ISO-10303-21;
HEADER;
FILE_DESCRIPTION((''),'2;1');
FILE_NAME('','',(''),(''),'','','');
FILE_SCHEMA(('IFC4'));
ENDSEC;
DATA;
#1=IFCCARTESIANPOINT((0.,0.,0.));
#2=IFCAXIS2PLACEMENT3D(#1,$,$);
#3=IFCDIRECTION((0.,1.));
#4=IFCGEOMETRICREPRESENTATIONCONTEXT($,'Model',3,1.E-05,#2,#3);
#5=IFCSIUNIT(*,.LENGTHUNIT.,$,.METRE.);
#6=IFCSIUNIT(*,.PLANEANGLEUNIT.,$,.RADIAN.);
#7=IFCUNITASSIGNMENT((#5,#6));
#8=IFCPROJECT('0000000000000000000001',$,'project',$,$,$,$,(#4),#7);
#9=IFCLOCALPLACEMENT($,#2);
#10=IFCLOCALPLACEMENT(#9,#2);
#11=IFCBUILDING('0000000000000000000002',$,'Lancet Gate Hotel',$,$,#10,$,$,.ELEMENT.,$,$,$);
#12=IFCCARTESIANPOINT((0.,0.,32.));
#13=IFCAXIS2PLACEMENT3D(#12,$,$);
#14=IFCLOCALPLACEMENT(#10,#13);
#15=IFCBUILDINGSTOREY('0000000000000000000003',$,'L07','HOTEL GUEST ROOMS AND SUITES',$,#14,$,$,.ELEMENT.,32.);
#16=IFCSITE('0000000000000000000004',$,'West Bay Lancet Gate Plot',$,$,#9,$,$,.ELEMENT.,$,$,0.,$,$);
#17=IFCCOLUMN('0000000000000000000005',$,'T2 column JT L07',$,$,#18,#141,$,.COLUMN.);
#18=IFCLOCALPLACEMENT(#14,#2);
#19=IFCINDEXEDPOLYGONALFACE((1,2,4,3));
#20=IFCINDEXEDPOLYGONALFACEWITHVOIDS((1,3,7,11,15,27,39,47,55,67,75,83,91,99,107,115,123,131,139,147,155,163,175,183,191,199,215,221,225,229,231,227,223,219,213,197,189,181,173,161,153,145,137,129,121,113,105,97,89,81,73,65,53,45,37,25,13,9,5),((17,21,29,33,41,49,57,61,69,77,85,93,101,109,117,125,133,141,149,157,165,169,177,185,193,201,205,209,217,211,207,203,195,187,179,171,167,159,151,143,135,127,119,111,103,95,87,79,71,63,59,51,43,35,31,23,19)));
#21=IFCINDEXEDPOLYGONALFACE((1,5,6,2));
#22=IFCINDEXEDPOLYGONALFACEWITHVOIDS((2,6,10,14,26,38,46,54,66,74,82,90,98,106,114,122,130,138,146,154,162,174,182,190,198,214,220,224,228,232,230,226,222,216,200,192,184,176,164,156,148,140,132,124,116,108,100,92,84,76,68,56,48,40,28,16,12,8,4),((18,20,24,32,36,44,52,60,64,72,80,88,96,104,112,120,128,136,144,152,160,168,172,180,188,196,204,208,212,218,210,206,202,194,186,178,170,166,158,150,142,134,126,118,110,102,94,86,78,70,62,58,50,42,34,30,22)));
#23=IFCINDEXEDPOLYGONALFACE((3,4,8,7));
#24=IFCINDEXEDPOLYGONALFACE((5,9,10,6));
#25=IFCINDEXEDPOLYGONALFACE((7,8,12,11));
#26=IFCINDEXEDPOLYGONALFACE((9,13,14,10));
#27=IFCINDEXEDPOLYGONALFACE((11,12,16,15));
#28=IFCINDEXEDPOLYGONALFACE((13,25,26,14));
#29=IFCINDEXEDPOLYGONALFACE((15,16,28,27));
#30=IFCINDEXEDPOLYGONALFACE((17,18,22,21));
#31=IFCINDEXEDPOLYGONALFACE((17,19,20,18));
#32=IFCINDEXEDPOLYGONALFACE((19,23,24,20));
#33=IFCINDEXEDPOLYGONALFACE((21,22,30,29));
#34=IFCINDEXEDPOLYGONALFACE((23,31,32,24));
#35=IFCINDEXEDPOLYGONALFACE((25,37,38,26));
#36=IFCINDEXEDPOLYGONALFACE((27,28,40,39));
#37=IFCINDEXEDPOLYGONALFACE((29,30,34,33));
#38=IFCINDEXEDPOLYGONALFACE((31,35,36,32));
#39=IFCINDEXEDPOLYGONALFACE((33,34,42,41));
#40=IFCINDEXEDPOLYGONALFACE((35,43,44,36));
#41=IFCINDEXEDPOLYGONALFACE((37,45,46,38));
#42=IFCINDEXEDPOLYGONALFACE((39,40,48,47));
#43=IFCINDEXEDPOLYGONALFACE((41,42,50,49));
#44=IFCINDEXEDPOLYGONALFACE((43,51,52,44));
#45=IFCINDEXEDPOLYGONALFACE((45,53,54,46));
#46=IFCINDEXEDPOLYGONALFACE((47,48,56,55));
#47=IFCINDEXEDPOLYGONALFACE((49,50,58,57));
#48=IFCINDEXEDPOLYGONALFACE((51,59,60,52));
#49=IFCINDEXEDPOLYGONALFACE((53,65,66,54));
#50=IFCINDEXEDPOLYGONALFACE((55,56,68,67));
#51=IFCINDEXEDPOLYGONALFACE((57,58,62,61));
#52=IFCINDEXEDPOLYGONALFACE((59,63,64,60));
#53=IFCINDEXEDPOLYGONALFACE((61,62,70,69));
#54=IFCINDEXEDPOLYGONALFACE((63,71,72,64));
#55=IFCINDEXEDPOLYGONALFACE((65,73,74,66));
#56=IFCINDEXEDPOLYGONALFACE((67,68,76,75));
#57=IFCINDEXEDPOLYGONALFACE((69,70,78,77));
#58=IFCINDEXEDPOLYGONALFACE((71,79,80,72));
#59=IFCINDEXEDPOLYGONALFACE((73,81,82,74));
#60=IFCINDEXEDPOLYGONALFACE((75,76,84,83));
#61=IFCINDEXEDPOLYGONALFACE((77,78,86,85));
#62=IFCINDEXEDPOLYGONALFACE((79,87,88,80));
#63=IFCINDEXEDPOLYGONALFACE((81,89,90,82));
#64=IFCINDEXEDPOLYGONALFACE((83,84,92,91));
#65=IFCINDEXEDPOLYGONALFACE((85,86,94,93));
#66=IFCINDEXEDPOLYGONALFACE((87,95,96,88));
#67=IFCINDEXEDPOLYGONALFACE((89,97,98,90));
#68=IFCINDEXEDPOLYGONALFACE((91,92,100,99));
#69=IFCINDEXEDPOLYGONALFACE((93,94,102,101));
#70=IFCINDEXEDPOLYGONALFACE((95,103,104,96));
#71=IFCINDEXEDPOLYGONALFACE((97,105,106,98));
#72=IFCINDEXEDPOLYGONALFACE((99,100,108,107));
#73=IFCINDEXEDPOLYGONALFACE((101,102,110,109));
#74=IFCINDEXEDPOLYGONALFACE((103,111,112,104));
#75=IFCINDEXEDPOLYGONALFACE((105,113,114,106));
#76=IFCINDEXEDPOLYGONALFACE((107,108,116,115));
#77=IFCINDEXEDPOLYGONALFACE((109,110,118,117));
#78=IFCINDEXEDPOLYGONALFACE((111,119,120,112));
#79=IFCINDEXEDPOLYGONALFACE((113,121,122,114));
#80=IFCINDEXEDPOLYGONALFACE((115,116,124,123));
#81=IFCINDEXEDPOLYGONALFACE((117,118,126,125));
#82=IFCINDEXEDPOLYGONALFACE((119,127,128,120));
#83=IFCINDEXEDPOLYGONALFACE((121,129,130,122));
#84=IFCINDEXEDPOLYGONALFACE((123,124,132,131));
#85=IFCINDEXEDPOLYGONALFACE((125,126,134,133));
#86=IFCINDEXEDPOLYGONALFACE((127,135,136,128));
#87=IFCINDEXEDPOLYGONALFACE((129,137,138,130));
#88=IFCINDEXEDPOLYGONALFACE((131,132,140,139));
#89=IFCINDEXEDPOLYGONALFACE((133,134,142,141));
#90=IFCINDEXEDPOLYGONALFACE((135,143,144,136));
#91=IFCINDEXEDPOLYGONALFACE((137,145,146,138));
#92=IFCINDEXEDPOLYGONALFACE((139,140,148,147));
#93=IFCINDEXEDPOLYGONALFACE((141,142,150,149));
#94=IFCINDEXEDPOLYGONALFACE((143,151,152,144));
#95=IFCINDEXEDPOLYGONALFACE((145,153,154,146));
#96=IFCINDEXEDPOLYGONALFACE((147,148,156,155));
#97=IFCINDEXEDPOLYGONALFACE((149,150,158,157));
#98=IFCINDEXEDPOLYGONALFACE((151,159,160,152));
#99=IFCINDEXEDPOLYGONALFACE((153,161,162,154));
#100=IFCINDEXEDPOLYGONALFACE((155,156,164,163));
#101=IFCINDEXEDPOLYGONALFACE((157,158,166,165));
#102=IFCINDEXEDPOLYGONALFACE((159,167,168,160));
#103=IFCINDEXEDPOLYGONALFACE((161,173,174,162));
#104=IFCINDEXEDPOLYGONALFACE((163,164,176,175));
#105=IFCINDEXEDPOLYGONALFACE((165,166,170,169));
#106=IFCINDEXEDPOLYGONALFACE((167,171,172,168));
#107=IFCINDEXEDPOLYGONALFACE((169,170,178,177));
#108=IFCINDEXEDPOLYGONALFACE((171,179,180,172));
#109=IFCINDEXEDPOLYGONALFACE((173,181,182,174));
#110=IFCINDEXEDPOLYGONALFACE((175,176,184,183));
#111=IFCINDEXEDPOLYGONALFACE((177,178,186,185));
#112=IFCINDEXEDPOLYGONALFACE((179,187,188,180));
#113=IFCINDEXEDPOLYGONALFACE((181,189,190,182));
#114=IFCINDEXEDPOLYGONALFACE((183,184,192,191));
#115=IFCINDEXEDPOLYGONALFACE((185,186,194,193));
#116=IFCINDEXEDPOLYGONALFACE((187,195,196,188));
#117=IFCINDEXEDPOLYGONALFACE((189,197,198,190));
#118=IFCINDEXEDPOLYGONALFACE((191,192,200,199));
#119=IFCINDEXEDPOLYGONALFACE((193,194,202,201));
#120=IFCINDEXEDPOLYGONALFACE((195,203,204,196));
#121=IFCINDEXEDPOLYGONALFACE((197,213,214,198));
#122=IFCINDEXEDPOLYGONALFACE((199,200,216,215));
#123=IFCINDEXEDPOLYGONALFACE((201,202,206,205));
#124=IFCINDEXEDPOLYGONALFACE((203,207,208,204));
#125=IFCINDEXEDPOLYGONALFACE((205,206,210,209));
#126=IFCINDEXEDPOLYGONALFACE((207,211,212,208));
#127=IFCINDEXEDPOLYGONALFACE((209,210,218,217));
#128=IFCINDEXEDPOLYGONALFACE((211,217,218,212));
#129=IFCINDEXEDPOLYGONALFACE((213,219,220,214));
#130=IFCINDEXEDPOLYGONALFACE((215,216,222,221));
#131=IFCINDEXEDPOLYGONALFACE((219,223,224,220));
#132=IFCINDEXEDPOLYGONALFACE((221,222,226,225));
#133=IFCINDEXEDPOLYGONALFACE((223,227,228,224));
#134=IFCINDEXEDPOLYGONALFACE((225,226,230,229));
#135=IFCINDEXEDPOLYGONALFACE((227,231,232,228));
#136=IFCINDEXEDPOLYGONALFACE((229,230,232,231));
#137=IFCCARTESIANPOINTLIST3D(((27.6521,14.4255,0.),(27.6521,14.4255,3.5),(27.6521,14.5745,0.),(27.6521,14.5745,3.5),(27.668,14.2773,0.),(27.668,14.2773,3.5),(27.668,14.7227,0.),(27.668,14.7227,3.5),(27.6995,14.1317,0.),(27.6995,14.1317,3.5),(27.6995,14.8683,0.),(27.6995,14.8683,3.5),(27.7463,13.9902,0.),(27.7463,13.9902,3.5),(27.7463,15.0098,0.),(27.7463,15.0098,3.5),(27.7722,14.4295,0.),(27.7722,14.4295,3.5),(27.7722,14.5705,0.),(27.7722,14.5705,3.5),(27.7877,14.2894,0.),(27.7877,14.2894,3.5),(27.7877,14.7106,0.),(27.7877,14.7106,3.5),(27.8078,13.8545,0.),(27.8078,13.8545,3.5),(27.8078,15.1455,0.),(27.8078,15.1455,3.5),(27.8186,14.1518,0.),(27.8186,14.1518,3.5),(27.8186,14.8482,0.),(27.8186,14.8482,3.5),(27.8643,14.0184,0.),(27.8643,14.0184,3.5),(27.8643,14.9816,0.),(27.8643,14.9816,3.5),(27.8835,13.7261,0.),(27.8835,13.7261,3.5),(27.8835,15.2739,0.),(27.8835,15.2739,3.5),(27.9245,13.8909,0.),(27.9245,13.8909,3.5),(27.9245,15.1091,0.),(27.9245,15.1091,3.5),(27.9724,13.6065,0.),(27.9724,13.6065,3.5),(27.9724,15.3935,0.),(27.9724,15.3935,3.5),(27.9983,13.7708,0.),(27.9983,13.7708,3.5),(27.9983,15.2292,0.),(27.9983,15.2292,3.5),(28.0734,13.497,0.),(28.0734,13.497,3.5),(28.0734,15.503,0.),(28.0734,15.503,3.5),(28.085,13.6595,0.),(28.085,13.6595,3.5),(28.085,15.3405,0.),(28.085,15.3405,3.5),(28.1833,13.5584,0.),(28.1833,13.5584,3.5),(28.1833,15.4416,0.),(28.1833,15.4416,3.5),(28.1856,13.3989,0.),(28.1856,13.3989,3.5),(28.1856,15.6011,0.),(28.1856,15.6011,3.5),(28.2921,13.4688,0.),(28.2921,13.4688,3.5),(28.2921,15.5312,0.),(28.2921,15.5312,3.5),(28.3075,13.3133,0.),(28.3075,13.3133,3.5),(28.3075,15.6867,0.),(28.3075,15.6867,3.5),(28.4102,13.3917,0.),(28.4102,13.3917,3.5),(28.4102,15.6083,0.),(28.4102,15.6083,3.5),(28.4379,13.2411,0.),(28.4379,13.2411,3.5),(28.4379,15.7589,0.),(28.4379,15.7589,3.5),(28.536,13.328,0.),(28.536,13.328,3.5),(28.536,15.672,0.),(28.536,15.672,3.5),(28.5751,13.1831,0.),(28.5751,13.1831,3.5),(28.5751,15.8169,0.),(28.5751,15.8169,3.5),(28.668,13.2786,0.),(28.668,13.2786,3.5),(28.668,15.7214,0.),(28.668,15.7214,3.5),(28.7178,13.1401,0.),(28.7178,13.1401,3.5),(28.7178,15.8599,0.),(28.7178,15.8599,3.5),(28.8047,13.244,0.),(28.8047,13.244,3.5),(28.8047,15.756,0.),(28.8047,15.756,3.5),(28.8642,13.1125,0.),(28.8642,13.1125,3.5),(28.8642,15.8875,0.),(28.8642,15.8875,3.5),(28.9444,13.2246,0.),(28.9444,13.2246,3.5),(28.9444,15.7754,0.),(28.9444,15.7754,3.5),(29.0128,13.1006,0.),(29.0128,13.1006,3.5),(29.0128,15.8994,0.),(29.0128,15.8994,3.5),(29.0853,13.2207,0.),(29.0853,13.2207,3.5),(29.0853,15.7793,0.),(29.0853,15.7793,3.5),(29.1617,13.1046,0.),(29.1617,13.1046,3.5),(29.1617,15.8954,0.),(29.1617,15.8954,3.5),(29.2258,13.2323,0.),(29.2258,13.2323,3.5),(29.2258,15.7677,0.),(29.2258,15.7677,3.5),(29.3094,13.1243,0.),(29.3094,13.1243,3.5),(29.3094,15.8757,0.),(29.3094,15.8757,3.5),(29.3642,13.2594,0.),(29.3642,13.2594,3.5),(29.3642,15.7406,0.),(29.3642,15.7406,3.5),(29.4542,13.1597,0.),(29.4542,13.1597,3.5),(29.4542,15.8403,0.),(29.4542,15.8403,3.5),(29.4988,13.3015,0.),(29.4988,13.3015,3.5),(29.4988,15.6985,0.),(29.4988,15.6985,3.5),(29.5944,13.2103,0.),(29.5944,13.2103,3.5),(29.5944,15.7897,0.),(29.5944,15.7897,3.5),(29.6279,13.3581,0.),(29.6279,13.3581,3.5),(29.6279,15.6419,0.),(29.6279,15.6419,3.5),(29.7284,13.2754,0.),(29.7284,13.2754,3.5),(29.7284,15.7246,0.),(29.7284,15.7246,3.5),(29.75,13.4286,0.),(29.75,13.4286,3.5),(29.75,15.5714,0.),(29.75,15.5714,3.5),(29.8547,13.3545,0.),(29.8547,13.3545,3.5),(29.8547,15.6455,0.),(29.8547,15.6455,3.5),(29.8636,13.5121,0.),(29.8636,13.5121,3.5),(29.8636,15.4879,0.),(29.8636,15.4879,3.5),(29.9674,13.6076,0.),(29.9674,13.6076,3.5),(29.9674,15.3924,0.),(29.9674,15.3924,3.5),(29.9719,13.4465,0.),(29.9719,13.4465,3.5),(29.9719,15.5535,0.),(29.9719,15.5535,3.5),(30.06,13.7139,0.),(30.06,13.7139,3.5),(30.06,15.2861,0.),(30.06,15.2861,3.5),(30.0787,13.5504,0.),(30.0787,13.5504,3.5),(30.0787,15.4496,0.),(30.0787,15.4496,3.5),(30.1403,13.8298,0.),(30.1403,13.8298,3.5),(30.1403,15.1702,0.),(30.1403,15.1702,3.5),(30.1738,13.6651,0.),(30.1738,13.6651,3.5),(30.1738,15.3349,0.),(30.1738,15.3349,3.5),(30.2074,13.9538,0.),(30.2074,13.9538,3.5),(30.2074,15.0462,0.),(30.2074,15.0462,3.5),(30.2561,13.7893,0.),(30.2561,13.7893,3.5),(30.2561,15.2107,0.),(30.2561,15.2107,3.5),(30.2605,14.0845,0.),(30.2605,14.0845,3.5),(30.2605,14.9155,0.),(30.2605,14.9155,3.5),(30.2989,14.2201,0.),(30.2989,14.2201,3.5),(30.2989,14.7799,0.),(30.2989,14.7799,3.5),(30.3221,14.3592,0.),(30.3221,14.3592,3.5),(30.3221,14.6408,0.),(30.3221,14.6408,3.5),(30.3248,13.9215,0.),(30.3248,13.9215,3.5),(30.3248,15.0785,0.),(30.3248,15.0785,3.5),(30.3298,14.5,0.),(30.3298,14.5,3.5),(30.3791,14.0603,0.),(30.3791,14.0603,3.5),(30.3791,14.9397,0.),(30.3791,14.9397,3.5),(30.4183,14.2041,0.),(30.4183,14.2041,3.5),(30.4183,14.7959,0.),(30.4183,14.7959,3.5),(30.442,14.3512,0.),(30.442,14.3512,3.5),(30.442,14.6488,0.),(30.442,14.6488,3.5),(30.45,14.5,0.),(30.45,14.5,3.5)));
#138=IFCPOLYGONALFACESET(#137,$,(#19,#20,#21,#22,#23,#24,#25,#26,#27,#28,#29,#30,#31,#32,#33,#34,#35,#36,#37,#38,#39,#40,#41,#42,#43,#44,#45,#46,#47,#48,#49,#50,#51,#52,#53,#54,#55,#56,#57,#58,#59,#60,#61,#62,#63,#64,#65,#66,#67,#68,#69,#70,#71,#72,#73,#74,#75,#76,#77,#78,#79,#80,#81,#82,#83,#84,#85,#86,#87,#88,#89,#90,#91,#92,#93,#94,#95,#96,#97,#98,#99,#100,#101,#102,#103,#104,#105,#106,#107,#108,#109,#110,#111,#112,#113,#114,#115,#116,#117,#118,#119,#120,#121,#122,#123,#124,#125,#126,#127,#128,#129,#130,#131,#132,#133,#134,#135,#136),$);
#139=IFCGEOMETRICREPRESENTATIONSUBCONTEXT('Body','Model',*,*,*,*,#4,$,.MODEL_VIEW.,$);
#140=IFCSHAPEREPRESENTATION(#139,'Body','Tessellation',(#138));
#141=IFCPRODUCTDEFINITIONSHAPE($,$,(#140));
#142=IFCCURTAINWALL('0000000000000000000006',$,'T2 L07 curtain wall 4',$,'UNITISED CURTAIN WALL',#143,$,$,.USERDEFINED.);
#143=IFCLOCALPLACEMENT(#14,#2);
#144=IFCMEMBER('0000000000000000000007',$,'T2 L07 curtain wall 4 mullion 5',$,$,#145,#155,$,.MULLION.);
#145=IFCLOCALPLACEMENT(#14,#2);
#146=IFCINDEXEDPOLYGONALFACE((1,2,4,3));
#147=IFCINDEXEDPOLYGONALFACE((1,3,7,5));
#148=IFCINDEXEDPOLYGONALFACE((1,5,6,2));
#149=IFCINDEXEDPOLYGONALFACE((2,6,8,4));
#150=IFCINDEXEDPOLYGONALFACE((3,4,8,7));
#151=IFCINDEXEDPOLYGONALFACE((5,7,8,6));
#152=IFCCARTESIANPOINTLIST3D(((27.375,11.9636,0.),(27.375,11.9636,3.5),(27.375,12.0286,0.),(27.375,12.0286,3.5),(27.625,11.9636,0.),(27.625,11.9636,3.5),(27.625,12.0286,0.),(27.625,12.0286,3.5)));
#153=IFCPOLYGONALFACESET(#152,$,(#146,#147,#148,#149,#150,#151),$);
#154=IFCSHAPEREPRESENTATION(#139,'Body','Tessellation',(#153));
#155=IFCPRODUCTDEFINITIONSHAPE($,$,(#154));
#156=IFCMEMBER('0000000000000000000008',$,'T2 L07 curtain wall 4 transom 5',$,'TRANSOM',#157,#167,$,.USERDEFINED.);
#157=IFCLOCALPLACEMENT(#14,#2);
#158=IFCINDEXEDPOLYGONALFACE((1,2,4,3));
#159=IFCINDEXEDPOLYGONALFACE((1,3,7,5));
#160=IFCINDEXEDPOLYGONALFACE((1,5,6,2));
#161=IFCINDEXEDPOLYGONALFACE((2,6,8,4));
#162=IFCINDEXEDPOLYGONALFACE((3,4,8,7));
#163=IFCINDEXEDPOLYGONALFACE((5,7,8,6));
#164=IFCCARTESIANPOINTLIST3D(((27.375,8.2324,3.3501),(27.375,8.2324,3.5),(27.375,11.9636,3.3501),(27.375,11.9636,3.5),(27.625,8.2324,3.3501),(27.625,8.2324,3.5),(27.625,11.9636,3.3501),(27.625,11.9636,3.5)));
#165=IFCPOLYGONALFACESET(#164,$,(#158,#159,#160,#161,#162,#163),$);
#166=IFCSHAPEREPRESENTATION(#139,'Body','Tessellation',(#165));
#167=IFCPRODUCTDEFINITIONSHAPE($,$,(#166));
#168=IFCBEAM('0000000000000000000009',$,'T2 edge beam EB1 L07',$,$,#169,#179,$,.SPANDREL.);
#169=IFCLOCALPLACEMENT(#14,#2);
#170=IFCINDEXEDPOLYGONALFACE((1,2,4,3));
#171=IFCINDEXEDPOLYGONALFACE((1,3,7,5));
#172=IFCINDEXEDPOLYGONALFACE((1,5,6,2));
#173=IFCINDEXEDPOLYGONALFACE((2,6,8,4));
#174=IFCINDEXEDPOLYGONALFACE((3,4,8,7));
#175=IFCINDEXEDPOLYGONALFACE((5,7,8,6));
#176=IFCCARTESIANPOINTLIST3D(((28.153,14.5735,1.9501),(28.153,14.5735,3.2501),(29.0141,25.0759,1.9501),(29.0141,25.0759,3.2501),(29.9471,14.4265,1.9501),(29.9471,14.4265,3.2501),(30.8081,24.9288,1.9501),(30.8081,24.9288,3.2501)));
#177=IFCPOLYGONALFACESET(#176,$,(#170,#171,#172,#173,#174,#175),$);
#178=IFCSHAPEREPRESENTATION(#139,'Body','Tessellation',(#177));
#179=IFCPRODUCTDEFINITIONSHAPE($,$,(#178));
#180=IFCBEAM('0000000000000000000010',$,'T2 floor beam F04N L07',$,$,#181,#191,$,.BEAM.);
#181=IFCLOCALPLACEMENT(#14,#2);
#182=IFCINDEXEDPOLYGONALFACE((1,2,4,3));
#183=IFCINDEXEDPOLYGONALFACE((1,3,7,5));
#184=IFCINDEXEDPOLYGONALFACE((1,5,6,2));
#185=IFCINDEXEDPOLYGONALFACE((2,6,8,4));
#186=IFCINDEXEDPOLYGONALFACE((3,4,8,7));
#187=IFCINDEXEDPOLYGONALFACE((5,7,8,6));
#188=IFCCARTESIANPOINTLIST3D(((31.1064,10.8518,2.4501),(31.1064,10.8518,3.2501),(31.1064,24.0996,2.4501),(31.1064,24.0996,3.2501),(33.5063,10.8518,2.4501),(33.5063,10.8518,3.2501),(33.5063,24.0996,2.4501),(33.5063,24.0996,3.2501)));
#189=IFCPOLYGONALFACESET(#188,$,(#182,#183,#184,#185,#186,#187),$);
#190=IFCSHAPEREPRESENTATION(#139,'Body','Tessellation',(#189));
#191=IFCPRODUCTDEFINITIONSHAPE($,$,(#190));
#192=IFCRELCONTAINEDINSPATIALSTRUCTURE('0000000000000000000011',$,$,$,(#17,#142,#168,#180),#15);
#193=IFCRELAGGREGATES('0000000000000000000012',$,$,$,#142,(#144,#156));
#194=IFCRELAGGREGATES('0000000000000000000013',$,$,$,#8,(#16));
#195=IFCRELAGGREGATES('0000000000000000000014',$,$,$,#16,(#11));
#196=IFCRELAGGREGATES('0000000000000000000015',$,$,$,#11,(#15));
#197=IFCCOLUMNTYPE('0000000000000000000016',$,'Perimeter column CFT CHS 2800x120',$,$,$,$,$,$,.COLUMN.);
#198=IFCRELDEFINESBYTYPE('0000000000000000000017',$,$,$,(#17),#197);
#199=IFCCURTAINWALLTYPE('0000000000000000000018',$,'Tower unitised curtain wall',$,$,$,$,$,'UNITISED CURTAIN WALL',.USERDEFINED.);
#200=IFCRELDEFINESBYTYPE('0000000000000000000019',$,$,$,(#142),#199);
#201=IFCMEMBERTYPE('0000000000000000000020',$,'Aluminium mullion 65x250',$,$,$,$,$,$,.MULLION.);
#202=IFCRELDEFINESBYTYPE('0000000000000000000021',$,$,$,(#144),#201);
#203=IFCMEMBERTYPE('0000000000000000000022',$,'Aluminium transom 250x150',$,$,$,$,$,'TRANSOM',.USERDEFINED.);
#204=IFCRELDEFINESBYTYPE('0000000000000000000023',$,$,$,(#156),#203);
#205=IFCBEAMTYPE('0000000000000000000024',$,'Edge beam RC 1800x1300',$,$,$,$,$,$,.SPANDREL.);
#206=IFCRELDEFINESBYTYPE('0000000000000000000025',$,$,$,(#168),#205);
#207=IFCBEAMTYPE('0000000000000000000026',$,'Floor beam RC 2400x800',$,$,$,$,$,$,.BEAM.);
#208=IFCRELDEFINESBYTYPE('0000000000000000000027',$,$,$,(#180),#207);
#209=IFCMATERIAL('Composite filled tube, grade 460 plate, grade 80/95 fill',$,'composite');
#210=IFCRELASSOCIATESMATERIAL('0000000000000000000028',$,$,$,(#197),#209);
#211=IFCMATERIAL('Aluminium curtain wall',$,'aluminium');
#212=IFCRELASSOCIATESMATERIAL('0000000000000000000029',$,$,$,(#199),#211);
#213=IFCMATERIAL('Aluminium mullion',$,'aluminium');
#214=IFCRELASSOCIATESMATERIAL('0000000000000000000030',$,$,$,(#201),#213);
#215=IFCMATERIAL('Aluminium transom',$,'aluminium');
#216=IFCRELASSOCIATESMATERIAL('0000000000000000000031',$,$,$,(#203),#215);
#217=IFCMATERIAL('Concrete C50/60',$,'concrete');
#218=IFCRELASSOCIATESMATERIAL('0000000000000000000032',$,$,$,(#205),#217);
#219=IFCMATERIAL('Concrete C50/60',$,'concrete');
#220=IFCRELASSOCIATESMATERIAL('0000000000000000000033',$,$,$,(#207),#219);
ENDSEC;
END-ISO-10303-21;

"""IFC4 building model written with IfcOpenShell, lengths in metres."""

from ifc_helpers import new_model, si_unit, direction, frame, origin, origin_2d, place, context, subcontext, project, spatial, rectangle, hollow_circle, extrude, material, material_profile, profile_set, type_object, element, aggregate, save


model = new_model("IFC4")

# Units and contexts
model_context = context("Model", 3, precision=1e-05, world=origin(), true_north=direction((0.0, 1.0)))
body_context = subcontext(model_context, "Body", "Model", "MODEL_VIEW")
ifc_project = project(units=[si_unit("LENGTHUNIT", "METRE"), si_unit("PLANEANGLEUNIT", "RADIAN")], contexts=[model_context])

# Site, building, storey
site_placement = place(None, origin())
site = spatial("IfcSite", under=ifc_project, at=site_placement, Name="West Bay Lancet Gate Plot", CompositionType="ELEMENT", RefElevation=0.0)
building_placement = place(site_placement, origin())
building = spatial("IfcBuilding", under=site, at=building_placement, Name="Lancet Gate Hotel", CompositionType="ELEMENT")
storey_placement = place(building_placement, frame((0.0, 0.0, 32.0)))
storey = spatial("IfcBuildingStorey", under=building, at=storey_placement, Name="L07", Description="HOTEL GUEST ROOMS AND SUITES", CompositionType="ELEMENT", Elevation=32.0)

# Column
ifc_material_1 = material(Name="Composite filled tube, grade 460 plate, grade 80/95 fill", Category="composite")
ifc_material_profile_1 = material_profile(ifc_material_1, hollow_circle(Radius=1.3999, WallThickness=0.1201, at=origin_2d()), Name="CHS 2800x120")
ifc_profile_set_1 = profile_set([ifc_material_profile_1], Name="Composite filled tube, grade 460 plate, grade 80/95 fill")
column_type = type_object("IfcColumnType", Name="Perimeter column CFT CHS 2800x120", PredefinedType="COLUMN", material=ifc_profile_set_1)
for number, where, z_axis, x_axis, name in (
    (1, (29.05, 14.5, 0.0), (0.0, 0.0, 1.0), (1.0, 0.0, 0.0), "T2 column JT L07"),
):
    element("IfcColumn", number, at=place(storey_placement, frame(where, z_axis=z_axis, x_axis=x_axis)), inside=storey, type_object=column_type, Name=name, PredefinedType="COLUMN", context=body_context, shape_type="SweptSolid", body=[
        extrude(hollow_circle(Radius=1.3999, WallThickness=0.1201, at=origin_2d()), origin(), (0.0, 0.0, 1.0), 3.5),
    ])

# Curtain wall, members
ifc_material_2 = material(Name="Aluminium curtain wall", Category="aluminium")
curtain_wall_type = type_object("IfcCurtainWallType", Name="Tower unitised curtain wall", ElementType="UNITISED CURTAIN WALL", PredefinedType="USERDEFINED", material=ifc_material_2)
curtain_wall_placement = place(storey_placement, origin())
curtain_wall = element("IfcCurtainWall", 2, at=curtain_wall_placement, inside=storey, type_object=curtain_wall_type, Name="T2 L07 curtain wall 4", ObjectType="UNITISED CURTAIN WALL", PredefinedType="USERDEFINED")
ifc_material_3 = material(Name="Aluminium mullion", Category="aluminium")
ifc_material_profile_2 = material_profile(ifc_material_3, rectangle(XDim=0.0649, YDim=0.25, at=origin_2d()), Name="MULLION 65x250")
ifc_profile_set_2 = profile_set([ifc_material_profile_2], Name="Aluminium mullion")
member_type_1 = type_object("IfcMemberType", Name="Aluminium mullion 65x250", PredefinedType="MULLION", material=ifc_profile_set_2)
member_1_placement = place(storey_placement, frame((27.5, 11.9961, 0.0), z_axis=(0.0, 0.0, 1.0), x_axis=(0.0, -1.0, 0.0)))
member_1 = element("IfcMember", 3, at=member_1_placement, type_object=member_type_1, Name="T2 L07 curtain wall 4 mullion 5", PredefinedType="MULLION", context=body_context, shape_type="SweptSolid", body=[
    extrude(rectangle(XDim=0.0649, YDim=0.25, at=origin_2d()), origin(), (0.0, 0.0, 1.0), 3.5),
])
ifc_material_4 = material(Name="Aluminium transom", Category="aluminium")
ifc_material_profile_3 = material_profile(ifc_material_4, rectangle(XDim=0.25, YDim=0.1499, at=origin_2d()), Name="TRANSOM 250x150")
ifc_profile_set_3 = profile_set([ifc_material_profile_3], Name="Aluminium transom")
member_type_2 = type_object("IfcMemberType", Name="Aluminium transom 250x150", ElementType="TRANSOM", PredefinedType="USERDEFINED", material=ifc_profile_set_3)
member_2_placement = place(storey_placement, frame((27.5, 11.9636, 3.425), z_axis=(0.0, -1.0, 0.0), x_axis=(1.0, 0.0, 0.0)))
member_2 = element("IfcMember", 4, at=member_2_placement, type_object=member_type_2, Name="T2 L07 curtain wall 4 transom 5", ObjectType="TRANSOM", PredefinedType="USERDEFINED", context=body_context, shape_type="SweptSolid", body=[
    extrude(rectangle(XDim=0.25, YDim=0.1499, at=origin_2d()), origin(), (0.0, 0.0, 1.0), 3.7312),
])

# Beams
ifc_material_5 = material(Name="Concrete C50/60", Category="concrete")
ifc_material_profile_4 = material_profile(ifc_material_5, rectangle(XDim=1.8, YDim=1.3, at=origin_2d()), Name="RC 1800x1300")
ifc_profile_set_4 = profile_set([ifc_material_profile_4], Name="Concrete C50/60")
beam_type_1 = type_object("IfcBeamType", Name="Edge beam RC 1800x1300", PredefinedType="SPANDREL", material=ifc_profile_set_4)
beam_1_placement = place(storey_placement, frame((29.05, 14.5, 2.6001), z_axis=(0.081715, 0.996656, 0.0), x_axis=(-0.996656, 0.081715, 0.0)))
element("IfcBeam", 5, at=beam_1_placement, inside=storey, type_object=beam_type_1, Name="T2 edge beam EB1 L07", PredefinedType="SPANDREL", context=body_context, shape_type="SweptSolid", body=[
    extrude(rectangle(XDim=1.8, YDim=1.3, at=origin_2d()), origin(), (0.0, 0.0, 1.0), 10.5376),
])
ifc_material_6 = material(Name="Concrete C50/60", Category="concrete")
ifc_material_profile_5 = material_profile(ifc_material_6, rectangle(XDim=2.3999, YDim=0.8, at=origin_2d()), Name="RC 2400x800")
ifc_profile_set_5 = profile_set([ifc_material_profile_5], Name="Concrete C50/60")
beam_type_2 = type_object("IfcBeamType", Name="Floor beam RC 2400x800", PredefinedType="BEAM", material=ifc_profile_set_5)
beam_2_placement = place(storey_placement, frame((32.3064, 10.8518, 2.8501), z_axis=(0.0, 1.0, 0.0), x_axis=(-1.0, 0.0, 0.0)))
element("IfcBeam", 6, at=beam_2_placement, inside=storey, type_object=beam_type_2, Name="T2 floor beam F04N L07", PredefinedType="BEAM", context=body_context, shape_type="SweptSolid", body=[
    extrude(rectangle(XDim=2.3999, YDim=0.8, at=origin_2d()), origin(), (0.0, 0.0, 1.0), 13.2478),
])

aggregate(curtain_wall, [member_1, member_2])

save(model, "model.ifc")
